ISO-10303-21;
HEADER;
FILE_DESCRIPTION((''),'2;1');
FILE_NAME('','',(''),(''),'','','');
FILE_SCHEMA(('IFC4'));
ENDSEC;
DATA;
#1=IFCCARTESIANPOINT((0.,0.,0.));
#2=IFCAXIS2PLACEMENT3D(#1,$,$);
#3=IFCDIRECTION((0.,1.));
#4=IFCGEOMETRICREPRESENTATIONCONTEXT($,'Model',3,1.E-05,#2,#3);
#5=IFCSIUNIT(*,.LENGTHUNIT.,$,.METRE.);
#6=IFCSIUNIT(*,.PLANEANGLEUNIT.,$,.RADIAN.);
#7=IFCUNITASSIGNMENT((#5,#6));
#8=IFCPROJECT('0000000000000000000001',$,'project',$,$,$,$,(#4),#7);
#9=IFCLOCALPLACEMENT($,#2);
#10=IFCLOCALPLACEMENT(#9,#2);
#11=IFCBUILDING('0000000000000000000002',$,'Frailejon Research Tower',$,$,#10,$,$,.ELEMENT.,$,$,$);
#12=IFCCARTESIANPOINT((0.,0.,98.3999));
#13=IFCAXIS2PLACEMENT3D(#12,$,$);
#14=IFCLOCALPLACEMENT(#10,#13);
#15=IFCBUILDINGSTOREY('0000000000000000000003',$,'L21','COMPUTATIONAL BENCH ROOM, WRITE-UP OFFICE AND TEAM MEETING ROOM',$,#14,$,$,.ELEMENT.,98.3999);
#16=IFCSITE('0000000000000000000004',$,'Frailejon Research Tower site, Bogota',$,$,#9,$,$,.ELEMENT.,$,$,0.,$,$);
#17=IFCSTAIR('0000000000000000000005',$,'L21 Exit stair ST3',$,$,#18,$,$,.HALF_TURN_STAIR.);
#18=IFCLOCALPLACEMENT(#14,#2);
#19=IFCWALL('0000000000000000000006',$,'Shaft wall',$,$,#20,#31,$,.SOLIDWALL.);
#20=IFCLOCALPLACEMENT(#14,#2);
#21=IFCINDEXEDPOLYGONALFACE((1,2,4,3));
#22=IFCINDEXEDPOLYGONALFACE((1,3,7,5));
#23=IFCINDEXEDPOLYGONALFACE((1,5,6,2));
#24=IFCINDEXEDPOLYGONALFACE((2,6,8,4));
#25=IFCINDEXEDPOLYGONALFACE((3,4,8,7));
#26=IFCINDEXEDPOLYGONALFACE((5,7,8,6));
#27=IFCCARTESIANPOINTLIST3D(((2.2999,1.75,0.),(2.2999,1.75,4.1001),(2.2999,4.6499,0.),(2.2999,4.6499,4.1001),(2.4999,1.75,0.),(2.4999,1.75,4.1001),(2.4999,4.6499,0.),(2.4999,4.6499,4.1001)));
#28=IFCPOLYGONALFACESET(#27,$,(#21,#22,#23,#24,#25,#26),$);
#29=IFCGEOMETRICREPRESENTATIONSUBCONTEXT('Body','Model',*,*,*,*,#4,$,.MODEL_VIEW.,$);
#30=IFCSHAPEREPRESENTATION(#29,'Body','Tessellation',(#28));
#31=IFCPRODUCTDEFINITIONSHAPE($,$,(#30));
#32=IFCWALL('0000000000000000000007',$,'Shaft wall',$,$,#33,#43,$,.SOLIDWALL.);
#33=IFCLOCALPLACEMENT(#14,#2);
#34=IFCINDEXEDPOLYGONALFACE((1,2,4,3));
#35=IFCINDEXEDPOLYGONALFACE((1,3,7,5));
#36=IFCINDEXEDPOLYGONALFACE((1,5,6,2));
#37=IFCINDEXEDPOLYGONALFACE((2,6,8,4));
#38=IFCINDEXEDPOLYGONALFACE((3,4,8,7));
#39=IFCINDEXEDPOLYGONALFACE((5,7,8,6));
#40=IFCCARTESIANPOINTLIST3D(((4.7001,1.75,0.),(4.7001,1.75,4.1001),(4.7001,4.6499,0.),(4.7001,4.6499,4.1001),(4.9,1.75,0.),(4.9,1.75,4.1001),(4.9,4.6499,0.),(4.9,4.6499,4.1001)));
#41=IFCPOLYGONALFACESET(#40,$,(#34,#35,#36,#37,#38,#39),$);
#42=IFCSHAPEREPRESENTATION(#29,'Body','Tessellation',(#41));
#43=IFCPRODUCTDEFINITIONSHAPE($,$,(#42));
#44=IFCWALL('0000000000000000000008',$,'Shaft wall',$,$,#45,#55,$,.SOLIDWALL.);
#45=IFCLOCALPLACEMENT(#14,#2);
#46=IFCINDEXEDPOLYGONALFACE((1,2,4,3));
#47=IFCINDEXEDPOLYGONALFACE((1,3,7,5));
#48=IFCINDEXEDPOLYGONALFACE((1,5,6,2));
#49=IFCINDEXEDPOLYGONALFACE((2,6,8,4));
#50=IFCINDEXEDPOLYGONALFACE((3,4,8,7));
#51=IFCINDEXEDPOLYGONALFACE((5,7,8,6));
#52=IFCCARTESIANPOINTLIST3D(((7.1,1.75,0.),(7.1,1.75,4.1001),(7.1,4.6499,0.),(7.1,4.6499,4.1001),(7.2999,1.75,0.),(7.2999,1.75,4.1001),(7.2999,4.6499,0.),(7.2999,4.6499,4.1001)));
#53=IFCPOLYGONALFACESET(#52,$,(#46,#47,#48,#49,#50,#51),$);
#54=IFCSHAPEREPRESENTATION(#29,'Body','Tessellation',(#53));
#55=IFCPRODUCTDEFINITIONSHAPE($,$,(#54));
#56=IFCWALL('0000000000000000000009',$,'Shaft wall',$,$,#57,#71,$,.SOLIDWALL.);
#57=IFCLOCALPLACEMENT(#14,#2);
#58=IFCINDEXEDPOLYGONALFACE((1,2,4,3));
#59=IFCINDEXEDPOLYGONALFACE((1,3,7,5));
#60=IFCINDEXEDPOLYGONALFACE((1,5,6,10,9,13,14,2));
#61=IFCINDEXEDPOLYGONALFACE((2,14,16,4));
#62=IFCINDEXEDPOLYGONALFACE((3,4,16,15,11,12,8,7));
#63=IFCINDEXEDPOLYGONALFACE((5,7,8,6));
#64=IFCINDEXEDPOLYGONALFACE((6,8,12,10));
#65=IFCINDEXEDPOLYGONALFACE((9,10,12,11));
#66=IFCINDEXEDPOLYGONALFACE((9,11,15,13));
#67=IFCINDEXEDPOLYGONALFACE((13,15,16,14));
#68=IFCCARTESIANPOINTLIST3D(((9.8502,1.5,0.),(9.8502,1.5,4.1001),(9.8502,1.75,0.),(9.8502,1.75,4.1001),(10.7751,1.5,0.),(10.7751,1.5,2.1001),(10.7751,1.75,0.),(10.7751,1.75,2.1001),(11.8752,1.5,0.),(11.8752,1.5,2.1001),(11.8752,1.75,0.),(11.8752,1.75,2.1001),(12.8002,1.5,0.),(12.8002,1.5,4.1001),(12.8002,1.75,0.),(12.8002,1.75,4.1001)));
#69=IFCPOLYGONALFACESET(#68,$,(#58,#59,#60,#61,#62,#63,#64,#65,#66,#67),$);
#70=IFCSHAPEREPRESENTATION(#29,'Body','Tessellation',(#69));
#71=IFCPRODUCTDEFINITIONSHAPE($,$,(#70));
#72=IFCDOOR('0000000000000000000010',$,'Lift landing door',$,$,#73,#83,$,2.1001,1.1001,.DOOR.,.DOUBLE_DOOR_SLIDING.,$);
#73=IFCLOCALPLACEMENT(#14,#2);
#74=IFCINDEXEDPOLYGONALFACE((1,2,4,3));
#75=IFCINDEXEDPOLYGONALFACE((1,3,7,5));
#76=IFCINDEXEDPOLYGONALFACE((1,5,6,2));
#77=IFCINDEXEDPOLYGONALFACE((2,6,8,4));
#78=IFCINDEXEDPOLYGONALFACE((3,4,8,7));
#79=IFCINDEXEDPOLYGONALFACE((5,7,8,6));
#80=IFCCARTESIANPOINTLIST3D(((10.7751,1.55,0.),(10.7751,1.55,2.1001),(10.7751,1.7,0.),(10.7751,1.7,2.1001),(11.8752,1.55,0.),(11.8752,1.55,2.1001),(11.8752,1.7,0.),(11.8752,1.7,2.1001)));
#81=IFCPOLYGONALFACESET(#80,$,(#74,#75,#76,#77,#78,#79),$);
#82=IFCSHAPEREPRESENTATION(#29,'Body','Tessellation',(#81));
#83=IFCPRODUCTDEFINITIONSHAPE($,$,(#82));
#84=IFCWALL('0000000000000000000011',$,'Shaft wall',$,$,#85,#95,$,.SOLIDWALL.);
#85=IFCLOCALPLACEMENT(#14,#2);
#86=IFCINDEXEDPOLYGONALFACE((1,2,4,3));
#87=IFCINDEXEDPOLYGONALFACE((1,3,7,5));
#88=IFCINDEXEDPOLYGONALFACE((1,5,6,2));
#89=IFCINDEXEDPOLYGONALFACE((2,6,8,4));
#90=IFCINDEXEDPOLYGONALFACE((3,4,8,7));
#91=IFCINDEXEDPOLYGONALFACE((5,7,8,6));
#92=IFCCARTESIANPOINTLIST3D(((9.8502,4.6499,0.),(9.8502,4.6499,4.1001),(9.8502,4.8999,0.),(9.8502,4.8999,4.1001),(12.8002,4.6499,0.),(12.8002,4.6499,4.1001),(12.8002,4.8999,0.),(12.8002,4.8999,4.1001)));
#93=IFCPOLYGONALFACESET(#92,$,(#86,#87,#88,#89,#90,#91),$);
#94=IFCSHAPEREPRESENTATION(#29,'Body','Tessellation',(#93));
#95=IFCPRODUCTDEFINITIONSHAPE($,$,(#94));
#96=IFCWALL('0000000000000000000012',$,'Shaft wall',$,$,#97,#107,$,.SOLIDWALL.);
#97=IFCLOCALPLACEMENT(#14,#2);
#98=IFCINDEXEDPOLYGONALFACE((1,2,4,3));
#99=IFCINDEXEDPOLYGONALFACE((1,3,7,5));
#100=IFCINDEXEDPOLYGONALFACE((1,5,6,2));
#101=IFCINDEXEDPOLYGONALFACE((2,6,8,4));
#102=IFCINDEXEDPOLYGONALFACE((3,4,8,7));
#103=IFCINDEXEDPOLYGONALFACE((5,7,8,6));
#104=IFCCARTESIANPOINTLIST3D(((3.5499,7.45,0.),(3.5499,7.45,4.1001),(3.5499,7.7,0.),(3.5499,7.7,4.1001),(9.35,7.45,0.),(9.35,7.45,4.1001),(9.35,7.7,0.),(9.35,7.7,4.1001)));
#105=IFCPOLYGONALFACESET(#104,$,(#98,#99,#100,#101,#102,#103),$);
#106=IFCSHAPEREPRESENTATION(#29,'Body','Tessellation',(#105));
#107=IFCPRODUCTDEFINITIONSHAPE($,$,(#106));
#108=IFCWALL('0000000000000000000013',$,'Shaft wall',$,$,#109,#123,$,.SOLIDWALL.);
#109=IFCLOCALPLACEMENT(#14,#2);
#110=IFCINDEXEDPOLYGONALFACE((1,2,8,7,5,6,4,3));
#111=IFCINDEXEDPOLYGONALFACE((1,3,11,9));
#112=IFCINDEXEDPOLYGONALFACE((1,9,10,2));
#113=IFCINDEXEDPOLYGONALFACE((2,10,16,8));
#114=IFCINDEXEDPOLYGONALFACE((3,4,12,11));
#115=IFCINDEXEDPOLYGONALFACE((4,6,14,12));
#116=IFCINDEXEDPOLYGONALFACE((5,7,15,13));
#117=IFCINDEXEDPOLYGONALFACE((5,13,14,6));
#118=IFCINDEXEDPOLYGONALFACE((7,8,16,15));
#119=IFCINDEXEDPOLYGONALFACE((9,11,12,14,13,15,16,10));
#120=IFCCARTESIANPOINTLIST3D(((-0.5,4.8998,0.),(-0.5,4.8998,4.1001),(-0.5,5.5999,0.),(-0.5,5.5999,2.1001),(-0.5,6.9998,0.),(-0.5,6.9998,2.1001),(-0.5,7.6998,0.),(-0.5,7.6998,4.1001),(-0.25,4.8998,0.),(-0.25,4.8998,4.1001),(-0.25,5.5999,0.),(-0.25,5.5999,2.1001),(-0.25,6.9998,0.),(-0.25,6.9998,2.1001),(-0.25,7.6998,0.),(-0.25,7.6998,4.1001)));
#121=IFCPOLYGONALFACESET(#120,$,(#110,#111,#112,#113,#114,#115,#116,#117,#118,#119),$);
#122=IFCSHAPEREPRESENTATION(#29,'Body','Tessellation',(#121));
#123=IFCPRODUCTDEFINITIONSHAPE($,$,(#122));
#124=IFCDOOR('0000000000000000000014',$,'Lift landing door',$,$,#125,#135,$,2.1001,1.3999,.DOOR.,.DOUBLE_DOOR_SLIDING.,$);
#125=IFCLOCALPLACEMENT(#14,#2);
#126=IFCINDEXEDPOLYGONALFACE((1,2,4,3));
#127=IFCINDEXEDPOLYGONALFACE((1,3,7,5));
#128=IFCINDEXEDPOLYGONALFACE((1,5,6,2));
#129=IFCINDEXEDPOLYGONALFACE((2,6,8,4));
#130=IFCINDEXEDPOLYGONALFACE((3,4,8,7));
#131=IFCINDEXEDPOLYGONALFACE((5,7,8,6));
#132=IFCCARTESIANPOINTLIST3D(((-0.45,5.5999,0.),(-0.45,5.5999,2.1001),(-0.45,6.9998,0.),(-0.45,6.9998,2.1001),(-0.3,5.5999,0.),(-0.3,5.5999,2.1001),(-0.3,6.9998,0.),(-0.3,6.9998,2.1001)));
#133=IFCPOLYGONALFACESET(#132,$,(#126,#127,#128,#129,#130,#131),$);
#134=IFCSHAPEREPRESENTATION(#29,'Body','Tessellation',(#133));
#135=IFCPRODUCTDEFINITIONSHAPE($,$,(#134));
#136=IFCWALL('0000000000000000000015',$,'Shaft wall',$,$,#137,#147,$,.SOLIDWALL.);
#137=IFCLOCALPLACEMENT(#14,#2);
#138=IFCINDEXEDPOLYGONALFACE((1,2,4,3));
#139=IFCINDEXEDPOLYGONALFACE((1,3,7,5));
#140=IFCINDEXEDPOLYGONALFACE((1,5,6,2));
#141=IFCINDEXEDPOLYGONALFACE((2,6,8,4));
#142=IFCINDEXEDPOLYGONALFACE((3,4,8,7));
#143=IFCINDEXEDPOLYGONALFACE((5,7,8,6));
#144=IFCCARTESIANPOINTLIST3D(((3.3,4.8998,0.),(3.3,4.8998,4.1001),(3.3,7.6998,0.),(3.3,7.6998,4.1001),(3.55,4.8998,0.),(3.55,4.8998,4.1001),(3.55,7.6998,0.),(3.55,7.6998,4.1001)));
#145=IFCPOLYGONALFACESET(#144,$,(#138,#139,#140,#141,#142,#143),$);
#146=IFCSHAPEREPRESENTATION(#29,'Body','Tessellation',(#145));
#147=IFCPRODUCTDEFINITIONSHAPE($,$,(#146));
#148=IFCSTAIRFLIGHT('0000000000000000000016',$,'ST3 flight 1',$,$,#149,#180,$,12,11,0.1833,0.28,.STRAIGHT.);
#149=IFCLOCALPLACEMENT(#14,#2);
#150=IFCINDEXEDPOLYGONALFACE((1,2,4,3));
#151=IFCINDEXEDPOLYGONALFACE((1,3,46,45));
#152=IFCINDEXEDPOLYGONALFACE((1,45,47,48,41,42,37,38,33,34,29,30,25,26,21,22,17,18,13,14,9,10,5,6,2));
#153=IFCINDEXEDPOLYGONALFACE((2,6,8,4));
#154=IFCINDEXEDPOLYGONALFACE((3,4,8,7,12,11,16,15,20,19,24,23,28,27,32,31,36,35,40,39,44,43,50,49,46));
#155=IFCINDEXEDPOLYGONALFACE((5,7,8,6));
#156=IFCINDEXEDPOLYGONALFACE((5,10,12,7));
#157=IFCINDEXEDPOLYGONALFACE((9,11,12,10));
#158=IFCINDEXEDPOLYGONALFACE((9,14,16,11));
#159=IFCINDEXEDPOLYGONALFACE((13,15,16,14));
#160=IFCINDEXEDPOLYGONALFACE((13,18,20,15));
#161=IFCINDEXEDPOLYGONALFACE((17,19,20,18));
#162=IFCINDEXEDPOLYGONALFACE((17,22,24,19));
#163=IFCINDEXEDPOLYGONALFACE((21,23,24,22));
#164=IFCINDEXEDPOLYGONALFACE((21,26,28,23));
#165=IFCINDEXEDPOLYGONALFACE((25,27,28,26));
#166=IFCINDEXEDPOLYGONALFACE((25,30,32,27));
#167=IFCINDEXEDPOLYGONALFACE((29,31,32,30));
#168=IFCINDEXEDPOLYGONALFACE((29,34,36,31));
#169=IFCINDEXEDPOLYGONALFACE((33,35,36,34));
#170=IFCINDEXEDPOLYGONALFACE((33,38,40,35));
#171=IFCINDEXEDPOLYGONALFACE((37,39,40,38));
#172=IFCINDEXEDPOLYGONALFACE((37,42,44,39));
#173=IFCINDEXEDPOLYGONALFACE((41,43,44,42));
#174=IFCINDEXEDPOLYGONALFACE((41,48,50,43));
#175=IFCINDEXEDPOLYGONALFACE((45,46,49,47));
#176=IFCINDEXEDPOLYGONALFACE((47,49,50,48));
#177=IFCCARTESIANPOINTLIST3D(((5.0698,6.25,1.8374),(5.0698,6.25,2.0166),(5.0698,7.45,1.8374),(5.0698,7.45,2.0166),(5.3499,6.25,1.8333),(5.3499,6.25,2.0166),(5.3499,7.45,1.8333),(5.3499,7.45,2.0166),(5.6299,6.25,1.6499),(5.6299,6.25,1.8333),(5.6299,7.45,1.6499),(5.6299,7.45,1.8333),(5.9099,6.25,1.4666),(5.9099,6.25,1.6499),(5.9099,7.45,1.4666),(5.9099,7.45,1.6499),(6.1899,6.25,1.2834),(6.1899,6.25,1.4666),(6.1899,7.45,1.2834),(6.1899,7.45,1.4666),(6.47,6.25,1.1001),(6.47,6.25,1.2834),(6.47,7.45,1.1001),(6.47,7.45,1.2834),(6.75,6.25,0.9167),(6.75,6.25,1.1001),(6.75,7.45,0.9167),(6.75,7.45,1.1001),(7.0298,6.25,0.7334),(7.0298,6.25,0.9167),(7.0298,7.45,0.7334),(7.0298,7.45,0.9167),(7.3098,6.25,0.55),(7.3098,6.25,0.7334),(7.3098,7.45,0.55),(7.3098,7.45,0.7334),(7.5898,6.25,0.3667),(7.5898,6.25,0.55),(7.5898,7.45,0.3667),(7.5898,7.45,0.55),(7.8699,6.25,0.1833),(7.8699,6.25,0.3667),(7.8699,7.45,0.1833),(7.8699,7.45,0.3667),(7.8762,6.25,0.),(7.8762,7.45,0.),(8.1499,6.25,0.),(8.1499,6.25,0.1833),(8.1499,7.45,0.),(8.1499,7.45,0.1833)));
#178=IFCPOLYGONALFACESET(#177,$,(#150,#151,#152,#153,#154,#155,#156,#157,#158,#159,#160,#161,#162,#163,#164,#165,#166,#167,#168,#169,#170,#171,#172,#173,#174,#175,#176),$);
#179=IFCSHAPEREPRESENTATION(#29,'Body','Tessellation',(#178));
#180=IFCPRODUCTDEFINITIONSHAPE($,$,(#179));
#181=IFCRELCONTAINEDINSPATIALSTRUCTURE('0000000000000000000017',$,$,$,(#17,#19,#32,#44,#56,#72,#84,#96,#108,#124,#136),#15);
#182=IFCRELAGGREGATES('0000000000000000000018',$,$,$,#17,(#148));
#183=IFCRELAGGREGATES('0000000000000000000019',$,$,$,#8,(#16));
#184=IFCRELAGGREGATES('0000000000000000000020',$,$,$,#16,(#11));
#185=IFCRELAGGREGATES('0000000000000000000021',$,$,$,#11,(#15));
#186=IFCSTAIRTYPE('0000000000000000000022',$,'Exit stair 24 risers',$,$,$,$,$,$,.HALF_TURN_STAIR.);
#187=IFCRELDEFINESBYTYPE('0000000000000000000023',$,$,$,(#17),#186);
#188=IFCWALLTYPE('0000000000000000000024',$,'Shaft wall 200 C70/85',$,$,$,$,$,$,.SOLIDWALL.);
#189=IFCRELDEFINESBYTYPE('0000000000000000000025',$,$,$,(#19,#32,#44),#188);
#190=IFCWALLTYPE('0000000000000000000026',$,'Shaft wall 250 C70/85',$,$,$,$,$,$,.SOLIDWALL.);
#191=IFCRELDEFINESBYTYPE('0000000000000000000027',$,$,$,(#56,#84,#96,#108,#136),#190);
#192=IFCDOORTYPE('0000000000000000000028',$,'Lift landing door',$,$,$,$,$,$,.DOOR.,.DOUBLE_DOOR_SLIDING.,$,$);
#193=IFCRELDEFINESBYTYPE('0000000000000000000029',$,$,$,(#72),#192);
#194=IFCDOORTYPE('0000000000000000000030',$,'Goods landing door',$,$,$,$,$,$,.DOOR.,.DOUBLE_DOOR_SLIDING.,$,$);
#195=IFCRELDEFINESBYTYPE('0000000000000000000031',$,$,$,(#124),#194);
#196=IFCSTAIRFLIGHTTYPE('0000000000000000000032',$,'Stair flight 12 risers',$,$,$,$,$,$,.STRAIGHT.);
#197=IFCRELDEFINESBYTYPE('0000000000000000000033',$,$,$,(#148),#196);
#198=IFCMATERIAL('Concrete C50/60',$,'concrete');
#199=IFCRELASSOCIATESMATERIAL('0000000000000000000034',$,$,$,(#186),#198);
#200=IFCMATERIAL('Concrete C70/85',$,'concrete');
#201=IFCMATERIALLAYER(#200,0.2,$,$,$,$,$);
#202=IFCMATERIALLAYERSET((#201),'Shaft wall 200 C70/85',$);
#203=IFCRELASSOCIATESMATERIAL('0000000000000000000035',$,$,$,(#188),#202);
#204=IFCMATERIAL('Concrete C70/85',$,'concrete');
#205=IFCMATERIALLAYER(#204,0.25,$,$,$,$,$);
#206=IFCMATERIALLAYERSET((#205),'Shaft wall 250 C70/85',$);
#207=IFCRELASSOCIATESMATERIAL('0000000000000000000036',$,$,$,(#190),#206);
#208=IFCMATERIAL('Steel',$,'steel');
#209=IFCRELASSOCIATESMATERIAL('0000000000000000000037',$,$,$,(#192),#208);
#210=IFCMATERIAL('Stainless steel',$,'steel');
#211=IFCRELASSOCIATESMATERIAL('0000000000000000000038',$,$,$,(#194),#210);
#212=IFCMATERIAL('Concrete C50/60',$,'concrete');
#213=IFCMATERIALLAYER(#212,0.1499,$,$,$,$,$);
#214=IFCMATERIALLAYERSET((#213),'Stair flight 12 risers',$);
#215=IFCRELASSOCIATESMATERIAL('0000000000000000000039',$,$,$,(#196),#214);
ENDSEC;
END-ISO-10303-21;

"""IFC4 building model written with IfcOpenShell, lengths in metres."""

from ifc_helpers import new_model, si_unit, direction, frame, frame_2d, origin, place, context, subcontext, project, spatial, polyline, rectangle, outline, extrude, material, layer, layer_set, type_object, element, fill, aggregate, save


model = new_model("IFC4")

# Units and contexts
model_context = context("Model", 3, precision=1e-05, world=origin(), true_north=direction((0.0, 1.0)))
body_context = subcontext(model_context, "Body", "Model", "MODEL_VIEW")
ifc_project = project(units=[si_unit("LENGTHUNIT", "METRE"), si_unit("PLANEANGLEUNIT", "RADIAN")], contexts=[model_context])

# Site, building, storey
site_placement = place(None, origin())
site = spatial("IfcSite", under=ifc_project, at=site_placement, Name="Frailejon Research Tower site, Bogota", CompositionType="ELEMENT", RefElevation=0.0)
building_placement = place(site_placement, origin())
building = spatial("IfcBuilding", under=site, at=building_placement, Name="Frailejon Research Tower", CompositionType="ELEMENT")
storey_placement = place(building_placement, frame((0.0, 0.0, 98.3999)))
storey = spatial("IfcBuildingStorey", under=building, at=storey_placement, Name="L21", Description="COMPUTATIONAL BENCH ROOM, WRITE-UP OFFICE AND TEAM MEETING ROOM", CompositionType="ELEMENT", Elevation=98.3999)

# Stair
ifc_material_1 = material(Name="Concrete C50/60", Category="concrete")
stair_type = type_object("IfcStairType", Name="Exit stair 24 risers", PredefinedType="HALF_TURN_STAIR", material=ifc_material_1)
stair_1_placement = place(storey_placement, origin())
stair_1 = element("IfcStair", 1, at=stair_1_placement, inside=storey, type_object=stair_type, Name="L21 Exit stair ST3", PredefinedType="HALF_TURN_STAIR")

# Walls
ifc_material_2 = material(Name="Concrete C70/85", Category="concrete")
ifc_layer_1 = layer(ifc_material_2, 0.2)
ifc_layer_set_1 = layer_set([ifc_layer_1], Name="Shaft wall 200 C70/85")
wall_type_1 = type_object("IfcWallType", Name="Shaft wall 200 C70/85", PredefinedType="SOLIDWALL", material=ifc_layer_set_1)
for number, where, z_axis, x_axis, name in (
    (2, (2.3999, 1.75, 0.0), (0.0, 0.0, 1.0), (0.0, 1.0, 0.0), "Shaft wall"),
    (3, (4.8, 1.75, 0.0), (0.0, 0.0, 1.0), (0.0, 1.0, 0.0), "Shaft wall"),
    (4, (7.2, 1.75, 0.0), (0.0, 0.0, 1.0), (0.0, 1.0, 0.0), "Shaft wall"),
):
    element("IfcWall", number, at=place(storey_placement, frame(where, z_axis=z_axis, x_axis=x_axis)), inside=storey, type_object=wall_type_1, Name=name, PredefinedType="SOLIDWALL", context=body_context, shape_type="SweptSolid", body=[
        extrude(rectangle(XDim=2.8999, YDim=0.2, at=frame_2d((1.45, 0.0))), origin(), (0.0, 0.0, 1.0), 4.1001),
    ])

# Wall, opening, door
ifc_material_3 = material(Name="Concrete C70/85", Category="concrete")
ifc_layer_2 = layer(ifc_material_3, 0.25)
ifc_layer_set_2 = layer_set([ifc_layer_2], Name="Shaft wall 250 C70/85")
wall_type_2 = type_object("IfcWallType", Name="Shaft wall 250 C70/85", PredefinedType="SOLIDWALL", material=ifc_layer_set_2)
wall_1_placement = place(storey_placement, frame((9.8501, 1.625, 0.0), z_axis=(0.0, 0.0, 1.0), x_axis=(1.0, 0.0, 0.0)))
wall_1 = element("IfcWall", 5, at=wall_1_placement, inside=storey, type_object=wall_type_2, Name="Shaft wall", PredefinedType="SOLIDWALL", context=body_context, shape_type="SweptSolid", body=[
    extrude(rectangle(XDim=2.95, YDim=0.25, at=frame_2d((1.4751, 0.0))), origin(), (0.0, 0.0, 1.0), 4.1001),
])
opening_1_placement = place(wall_1_placement, frame((0.925, 0.0, 0.0)))
opening_1 = element("IfcOpeningElement", 6, at=opening_1_placement, cuts=wall_1, PredefinedType="OPENING", context=body_context, shape_type="SweptSolid", body=[
    extrude(rectangle(XDim=1.1001, YDim=2.1001, at=frame_2d((0.55, 1.05))), frame((0.0, 0.135, 0.0), z_axis=(0.0, -1.0, 0.0), x_axis=(1.0, 0.0, 0.0)), (0.0, 0.0, 1.0), 0.27),
])
ifc_material_4 = material(Name="Steel", Category="steel")
door_type_1 = type_object("IfcDoorType", Name="Lift landing door", OperationType="DOUBLE_DOOR_SLIDING", PredefinedType="DOOR", material=ifc_material_4)
door_1_placement = place(opening_1_placement, origin())
door_1 = element("IfcDoor", 7, at=door_1_placement, inside=storey, type_object=door_type_1, Name="Lift landing door", OperationType="DOUBLE_DOOR_SLIDING", OverallHeight=2.1001, OverallWidth=1.1001, PredefinedType="DOOR", context=body_context, shape_type="SweptSolid", body=[
    extrude(rectangle(XDim=1.1001, YDim=2.1001, at=frame_2d((0.55, 1.05))), frame((0.0, 0.075, 0.0), z_axis=(0.0, -1.0, 0.0), x_axis=(1.0, 0.0, 0.0)), (0.0, 0.0, 1.0), 0.1499),
])
fill(opening_1, door_1)

# Walls
wall_2_placement = place(storey_placement, frame((9.8501, 4.7749, 0.0), z_axis=(0.0, 0.0, 1.0), x_axis=(1.0, 0.0, 0.0)))
element("IfcWall", 8, at=wall_2_placement, inside=storey, type_object=wall_type_2, Name="Shaft wall", PredefinedType="SOLIDWALL", context=body_context, shape_type="SweptSolid", body=[
    extrude(rectangle(XDim=2.95, YDim=0.25, at=frame_2d((1.4751, 0.0))), origin(), (0.0, 0.0, 1.0), 4.1001),
])
wall_3_placement = place(storey_placement, frame((3.55, 7.575, 0.0), z_axis=(0.0, 0.0, 1.0), x_axis=(1.0, 0.0, 0.0)))
element("IfcWall", 9, at=wall_3_placement, inside=storey, type_object=wall_type_2, Name="Shaft wall", PredefinedType="SOLIDWALL", context=body_context, shape_type="SweptSolid", body=[
    extrude(rectangle(XDim=5.8, YDim=0.25, at=frame_2d((2.8999, 0.0))), origin(), (0.0, 0.0, 1.0), 4.1001),
])

# Wall, opening, door
wall_4_placement = place(storey_placement, frame((-0.375, 4.8999, 0.0), z_axis=(0.0, 0.0, 1.0), x_axis=(0.0, 1.0, 0.0)))
wall_4 = element("IfcWall", 10, at=wall_4_placement, inside=storey, type_object=wall_type_2, Name="Shaft wall", PredefinedType="SOLIDWALL", context=body_context, shape_type="SweptSolid", body=[
    extrude(rectangle(XDim=2.8, YDim=0.25, at=frame_2d((1.3999, 0.0))), origin(), (0.0, 0.0, 1.0), 4.1001),
])
opening_2_placement = place(wall_4_placement, frame((0.7, 0.0, 0.0)))
opening_2 = element("IfcOpeningElement", 11, at=opening_2_placement, cuts=wall_4, PredefinedType="OPENING", context=body_context, shape_type="SweptSolid", body=[
    extrude(rectangle(XDim=1.3999, YDim=2.1001, at=frame_2d((0.7, 1.05))), frame((0.0, 0.135, 0.0), z_axis=(0.0, -1.0, 0.0), x_axis=(1.0, 0.0, 0.0)), (0.0, 0.0, 1.0), 0.27),
])
ifc_material_5 = material(Name="Stainless steel", Category="steel")
door_type_2 = type_object("IfcDoorType", Name="Goods landing door", OperationType="DOUBLE_DOOR_SLIDING", PredefinedType="DOOR", material=ifc_material_5)
door_2_placement = place(opening_2_placement, origin())
door_2 = element("IfcDoor", 12, at=door_2_placement, inside=storey, type_object=door_type_2, Name="Lift landing door", OperationType="DOUBLE_DOOR_SLIDING", OverallHeight=2.1001, OverallWidth=1.3999, PredefinedType="DOOR", context=body_context, shape_type="SweptSolid", body=[
    extrude(rectangle(XDim=1.3999, YDim=2.1001, at=frame_2d((0.7, 1.05))), frame((0.0, 0.075, 0.0), z_axis=(0.0, -1.0, 0.0), x_axis=(1.0, 0.0, 0.0)), (0.0, 0.0, 1.0), 0.1499),
])
fill(opening_2, door_2)

# Wall
wall_5_placement = place(storey_placement, frame((3.425, 4.8999, 0.0), z_axis=(0.0, 0.0, 1.0), x_axis=(0.0, 1.0, 0.0)))
element("IfcWall", 13, at=wall_5_placement, inside=storey, type_object=wall_type_2, Name="Shaft wall", PredefinedType="SOLIDWALL", context=body_context, shape_type="SweptSolid", body=[
    extrude(rectangle(XDim=2.8, YDim=0.25, at=frame_2d((1.3999, 0.0))), origin(), (0.0, 0.0, 1.0), 4.1001),
])

# Stair flight
ifc_material_6 = material(Name="Concrete C50/60", Category="concrete")
ifc_layer_3 = layer(ifc_material_6, 0.1499)
ifc_layer_set_3 = layer_set([ifc_layer_3], Name="Stair flight 12 risers")
stair_flight_type = type_object("IfcStairFlightType", Name="Stair flight 12 risers", PredefinedType="STRAIGHT", material=ifc_layer_set_3)
stair_flight_1_placement = place(storey_placement, frame((8.1499, 6.8501, 0.0), z_axis=(0.0, 0.0, 1.0), x_axis=(-1.0, 0.0, 0.0)))
stair_flight_1 = element("IfcStairFlight", 14, at=stair_flight_1_placement, type_object=stair_flight_type, Name="ST3 flight 1", NumberOfRisers=12, NumberOfTreads=11, PredefinedType="STRAIGHT", RiserHeight=0.1833, TreadLength=0.28, context=body_context, shape_type="SweptSolid", body=[
    extrude(outline(polyline([(0.0, 0.0), (0.0, 0.1833), (0.28, 0.1833), (0.28, 0.3667), (0.5601, 0.3667), (0.5601, 0.55), (0.8401, 0.55), (0.8401, 0.7334), (1.1201, 0.7334), (1.1201, 0.9167), (1.3999, 0.9167), (1.3999, 1.1001), (1.6799, 1.1001), (1.6799, 1.2834), (1.96, 1.2834), (1.96, 1.4666), (2.24, 1.4666), (2.24, 1.6499), (2.52, 1.6499), (2.52, 1.8333), (2.8, 1.8333), (2.8, 2.0166), (3.0801, 2.0166), (3.0801, 2.2), (3.0801, 1.8374), (0.2737, 0.0), (0.0, 0.0)])), frame((0.0, 0.6001, 0.0), z_axis=(0.0, -1.0, 0.0), x_axis=(1.0, 0.0, 0.0)), (0.0, 0.0, 1.0), 1.2),
])
aggregate(stair_1, [stair_flight_1])

save(model, "model.ifc")
